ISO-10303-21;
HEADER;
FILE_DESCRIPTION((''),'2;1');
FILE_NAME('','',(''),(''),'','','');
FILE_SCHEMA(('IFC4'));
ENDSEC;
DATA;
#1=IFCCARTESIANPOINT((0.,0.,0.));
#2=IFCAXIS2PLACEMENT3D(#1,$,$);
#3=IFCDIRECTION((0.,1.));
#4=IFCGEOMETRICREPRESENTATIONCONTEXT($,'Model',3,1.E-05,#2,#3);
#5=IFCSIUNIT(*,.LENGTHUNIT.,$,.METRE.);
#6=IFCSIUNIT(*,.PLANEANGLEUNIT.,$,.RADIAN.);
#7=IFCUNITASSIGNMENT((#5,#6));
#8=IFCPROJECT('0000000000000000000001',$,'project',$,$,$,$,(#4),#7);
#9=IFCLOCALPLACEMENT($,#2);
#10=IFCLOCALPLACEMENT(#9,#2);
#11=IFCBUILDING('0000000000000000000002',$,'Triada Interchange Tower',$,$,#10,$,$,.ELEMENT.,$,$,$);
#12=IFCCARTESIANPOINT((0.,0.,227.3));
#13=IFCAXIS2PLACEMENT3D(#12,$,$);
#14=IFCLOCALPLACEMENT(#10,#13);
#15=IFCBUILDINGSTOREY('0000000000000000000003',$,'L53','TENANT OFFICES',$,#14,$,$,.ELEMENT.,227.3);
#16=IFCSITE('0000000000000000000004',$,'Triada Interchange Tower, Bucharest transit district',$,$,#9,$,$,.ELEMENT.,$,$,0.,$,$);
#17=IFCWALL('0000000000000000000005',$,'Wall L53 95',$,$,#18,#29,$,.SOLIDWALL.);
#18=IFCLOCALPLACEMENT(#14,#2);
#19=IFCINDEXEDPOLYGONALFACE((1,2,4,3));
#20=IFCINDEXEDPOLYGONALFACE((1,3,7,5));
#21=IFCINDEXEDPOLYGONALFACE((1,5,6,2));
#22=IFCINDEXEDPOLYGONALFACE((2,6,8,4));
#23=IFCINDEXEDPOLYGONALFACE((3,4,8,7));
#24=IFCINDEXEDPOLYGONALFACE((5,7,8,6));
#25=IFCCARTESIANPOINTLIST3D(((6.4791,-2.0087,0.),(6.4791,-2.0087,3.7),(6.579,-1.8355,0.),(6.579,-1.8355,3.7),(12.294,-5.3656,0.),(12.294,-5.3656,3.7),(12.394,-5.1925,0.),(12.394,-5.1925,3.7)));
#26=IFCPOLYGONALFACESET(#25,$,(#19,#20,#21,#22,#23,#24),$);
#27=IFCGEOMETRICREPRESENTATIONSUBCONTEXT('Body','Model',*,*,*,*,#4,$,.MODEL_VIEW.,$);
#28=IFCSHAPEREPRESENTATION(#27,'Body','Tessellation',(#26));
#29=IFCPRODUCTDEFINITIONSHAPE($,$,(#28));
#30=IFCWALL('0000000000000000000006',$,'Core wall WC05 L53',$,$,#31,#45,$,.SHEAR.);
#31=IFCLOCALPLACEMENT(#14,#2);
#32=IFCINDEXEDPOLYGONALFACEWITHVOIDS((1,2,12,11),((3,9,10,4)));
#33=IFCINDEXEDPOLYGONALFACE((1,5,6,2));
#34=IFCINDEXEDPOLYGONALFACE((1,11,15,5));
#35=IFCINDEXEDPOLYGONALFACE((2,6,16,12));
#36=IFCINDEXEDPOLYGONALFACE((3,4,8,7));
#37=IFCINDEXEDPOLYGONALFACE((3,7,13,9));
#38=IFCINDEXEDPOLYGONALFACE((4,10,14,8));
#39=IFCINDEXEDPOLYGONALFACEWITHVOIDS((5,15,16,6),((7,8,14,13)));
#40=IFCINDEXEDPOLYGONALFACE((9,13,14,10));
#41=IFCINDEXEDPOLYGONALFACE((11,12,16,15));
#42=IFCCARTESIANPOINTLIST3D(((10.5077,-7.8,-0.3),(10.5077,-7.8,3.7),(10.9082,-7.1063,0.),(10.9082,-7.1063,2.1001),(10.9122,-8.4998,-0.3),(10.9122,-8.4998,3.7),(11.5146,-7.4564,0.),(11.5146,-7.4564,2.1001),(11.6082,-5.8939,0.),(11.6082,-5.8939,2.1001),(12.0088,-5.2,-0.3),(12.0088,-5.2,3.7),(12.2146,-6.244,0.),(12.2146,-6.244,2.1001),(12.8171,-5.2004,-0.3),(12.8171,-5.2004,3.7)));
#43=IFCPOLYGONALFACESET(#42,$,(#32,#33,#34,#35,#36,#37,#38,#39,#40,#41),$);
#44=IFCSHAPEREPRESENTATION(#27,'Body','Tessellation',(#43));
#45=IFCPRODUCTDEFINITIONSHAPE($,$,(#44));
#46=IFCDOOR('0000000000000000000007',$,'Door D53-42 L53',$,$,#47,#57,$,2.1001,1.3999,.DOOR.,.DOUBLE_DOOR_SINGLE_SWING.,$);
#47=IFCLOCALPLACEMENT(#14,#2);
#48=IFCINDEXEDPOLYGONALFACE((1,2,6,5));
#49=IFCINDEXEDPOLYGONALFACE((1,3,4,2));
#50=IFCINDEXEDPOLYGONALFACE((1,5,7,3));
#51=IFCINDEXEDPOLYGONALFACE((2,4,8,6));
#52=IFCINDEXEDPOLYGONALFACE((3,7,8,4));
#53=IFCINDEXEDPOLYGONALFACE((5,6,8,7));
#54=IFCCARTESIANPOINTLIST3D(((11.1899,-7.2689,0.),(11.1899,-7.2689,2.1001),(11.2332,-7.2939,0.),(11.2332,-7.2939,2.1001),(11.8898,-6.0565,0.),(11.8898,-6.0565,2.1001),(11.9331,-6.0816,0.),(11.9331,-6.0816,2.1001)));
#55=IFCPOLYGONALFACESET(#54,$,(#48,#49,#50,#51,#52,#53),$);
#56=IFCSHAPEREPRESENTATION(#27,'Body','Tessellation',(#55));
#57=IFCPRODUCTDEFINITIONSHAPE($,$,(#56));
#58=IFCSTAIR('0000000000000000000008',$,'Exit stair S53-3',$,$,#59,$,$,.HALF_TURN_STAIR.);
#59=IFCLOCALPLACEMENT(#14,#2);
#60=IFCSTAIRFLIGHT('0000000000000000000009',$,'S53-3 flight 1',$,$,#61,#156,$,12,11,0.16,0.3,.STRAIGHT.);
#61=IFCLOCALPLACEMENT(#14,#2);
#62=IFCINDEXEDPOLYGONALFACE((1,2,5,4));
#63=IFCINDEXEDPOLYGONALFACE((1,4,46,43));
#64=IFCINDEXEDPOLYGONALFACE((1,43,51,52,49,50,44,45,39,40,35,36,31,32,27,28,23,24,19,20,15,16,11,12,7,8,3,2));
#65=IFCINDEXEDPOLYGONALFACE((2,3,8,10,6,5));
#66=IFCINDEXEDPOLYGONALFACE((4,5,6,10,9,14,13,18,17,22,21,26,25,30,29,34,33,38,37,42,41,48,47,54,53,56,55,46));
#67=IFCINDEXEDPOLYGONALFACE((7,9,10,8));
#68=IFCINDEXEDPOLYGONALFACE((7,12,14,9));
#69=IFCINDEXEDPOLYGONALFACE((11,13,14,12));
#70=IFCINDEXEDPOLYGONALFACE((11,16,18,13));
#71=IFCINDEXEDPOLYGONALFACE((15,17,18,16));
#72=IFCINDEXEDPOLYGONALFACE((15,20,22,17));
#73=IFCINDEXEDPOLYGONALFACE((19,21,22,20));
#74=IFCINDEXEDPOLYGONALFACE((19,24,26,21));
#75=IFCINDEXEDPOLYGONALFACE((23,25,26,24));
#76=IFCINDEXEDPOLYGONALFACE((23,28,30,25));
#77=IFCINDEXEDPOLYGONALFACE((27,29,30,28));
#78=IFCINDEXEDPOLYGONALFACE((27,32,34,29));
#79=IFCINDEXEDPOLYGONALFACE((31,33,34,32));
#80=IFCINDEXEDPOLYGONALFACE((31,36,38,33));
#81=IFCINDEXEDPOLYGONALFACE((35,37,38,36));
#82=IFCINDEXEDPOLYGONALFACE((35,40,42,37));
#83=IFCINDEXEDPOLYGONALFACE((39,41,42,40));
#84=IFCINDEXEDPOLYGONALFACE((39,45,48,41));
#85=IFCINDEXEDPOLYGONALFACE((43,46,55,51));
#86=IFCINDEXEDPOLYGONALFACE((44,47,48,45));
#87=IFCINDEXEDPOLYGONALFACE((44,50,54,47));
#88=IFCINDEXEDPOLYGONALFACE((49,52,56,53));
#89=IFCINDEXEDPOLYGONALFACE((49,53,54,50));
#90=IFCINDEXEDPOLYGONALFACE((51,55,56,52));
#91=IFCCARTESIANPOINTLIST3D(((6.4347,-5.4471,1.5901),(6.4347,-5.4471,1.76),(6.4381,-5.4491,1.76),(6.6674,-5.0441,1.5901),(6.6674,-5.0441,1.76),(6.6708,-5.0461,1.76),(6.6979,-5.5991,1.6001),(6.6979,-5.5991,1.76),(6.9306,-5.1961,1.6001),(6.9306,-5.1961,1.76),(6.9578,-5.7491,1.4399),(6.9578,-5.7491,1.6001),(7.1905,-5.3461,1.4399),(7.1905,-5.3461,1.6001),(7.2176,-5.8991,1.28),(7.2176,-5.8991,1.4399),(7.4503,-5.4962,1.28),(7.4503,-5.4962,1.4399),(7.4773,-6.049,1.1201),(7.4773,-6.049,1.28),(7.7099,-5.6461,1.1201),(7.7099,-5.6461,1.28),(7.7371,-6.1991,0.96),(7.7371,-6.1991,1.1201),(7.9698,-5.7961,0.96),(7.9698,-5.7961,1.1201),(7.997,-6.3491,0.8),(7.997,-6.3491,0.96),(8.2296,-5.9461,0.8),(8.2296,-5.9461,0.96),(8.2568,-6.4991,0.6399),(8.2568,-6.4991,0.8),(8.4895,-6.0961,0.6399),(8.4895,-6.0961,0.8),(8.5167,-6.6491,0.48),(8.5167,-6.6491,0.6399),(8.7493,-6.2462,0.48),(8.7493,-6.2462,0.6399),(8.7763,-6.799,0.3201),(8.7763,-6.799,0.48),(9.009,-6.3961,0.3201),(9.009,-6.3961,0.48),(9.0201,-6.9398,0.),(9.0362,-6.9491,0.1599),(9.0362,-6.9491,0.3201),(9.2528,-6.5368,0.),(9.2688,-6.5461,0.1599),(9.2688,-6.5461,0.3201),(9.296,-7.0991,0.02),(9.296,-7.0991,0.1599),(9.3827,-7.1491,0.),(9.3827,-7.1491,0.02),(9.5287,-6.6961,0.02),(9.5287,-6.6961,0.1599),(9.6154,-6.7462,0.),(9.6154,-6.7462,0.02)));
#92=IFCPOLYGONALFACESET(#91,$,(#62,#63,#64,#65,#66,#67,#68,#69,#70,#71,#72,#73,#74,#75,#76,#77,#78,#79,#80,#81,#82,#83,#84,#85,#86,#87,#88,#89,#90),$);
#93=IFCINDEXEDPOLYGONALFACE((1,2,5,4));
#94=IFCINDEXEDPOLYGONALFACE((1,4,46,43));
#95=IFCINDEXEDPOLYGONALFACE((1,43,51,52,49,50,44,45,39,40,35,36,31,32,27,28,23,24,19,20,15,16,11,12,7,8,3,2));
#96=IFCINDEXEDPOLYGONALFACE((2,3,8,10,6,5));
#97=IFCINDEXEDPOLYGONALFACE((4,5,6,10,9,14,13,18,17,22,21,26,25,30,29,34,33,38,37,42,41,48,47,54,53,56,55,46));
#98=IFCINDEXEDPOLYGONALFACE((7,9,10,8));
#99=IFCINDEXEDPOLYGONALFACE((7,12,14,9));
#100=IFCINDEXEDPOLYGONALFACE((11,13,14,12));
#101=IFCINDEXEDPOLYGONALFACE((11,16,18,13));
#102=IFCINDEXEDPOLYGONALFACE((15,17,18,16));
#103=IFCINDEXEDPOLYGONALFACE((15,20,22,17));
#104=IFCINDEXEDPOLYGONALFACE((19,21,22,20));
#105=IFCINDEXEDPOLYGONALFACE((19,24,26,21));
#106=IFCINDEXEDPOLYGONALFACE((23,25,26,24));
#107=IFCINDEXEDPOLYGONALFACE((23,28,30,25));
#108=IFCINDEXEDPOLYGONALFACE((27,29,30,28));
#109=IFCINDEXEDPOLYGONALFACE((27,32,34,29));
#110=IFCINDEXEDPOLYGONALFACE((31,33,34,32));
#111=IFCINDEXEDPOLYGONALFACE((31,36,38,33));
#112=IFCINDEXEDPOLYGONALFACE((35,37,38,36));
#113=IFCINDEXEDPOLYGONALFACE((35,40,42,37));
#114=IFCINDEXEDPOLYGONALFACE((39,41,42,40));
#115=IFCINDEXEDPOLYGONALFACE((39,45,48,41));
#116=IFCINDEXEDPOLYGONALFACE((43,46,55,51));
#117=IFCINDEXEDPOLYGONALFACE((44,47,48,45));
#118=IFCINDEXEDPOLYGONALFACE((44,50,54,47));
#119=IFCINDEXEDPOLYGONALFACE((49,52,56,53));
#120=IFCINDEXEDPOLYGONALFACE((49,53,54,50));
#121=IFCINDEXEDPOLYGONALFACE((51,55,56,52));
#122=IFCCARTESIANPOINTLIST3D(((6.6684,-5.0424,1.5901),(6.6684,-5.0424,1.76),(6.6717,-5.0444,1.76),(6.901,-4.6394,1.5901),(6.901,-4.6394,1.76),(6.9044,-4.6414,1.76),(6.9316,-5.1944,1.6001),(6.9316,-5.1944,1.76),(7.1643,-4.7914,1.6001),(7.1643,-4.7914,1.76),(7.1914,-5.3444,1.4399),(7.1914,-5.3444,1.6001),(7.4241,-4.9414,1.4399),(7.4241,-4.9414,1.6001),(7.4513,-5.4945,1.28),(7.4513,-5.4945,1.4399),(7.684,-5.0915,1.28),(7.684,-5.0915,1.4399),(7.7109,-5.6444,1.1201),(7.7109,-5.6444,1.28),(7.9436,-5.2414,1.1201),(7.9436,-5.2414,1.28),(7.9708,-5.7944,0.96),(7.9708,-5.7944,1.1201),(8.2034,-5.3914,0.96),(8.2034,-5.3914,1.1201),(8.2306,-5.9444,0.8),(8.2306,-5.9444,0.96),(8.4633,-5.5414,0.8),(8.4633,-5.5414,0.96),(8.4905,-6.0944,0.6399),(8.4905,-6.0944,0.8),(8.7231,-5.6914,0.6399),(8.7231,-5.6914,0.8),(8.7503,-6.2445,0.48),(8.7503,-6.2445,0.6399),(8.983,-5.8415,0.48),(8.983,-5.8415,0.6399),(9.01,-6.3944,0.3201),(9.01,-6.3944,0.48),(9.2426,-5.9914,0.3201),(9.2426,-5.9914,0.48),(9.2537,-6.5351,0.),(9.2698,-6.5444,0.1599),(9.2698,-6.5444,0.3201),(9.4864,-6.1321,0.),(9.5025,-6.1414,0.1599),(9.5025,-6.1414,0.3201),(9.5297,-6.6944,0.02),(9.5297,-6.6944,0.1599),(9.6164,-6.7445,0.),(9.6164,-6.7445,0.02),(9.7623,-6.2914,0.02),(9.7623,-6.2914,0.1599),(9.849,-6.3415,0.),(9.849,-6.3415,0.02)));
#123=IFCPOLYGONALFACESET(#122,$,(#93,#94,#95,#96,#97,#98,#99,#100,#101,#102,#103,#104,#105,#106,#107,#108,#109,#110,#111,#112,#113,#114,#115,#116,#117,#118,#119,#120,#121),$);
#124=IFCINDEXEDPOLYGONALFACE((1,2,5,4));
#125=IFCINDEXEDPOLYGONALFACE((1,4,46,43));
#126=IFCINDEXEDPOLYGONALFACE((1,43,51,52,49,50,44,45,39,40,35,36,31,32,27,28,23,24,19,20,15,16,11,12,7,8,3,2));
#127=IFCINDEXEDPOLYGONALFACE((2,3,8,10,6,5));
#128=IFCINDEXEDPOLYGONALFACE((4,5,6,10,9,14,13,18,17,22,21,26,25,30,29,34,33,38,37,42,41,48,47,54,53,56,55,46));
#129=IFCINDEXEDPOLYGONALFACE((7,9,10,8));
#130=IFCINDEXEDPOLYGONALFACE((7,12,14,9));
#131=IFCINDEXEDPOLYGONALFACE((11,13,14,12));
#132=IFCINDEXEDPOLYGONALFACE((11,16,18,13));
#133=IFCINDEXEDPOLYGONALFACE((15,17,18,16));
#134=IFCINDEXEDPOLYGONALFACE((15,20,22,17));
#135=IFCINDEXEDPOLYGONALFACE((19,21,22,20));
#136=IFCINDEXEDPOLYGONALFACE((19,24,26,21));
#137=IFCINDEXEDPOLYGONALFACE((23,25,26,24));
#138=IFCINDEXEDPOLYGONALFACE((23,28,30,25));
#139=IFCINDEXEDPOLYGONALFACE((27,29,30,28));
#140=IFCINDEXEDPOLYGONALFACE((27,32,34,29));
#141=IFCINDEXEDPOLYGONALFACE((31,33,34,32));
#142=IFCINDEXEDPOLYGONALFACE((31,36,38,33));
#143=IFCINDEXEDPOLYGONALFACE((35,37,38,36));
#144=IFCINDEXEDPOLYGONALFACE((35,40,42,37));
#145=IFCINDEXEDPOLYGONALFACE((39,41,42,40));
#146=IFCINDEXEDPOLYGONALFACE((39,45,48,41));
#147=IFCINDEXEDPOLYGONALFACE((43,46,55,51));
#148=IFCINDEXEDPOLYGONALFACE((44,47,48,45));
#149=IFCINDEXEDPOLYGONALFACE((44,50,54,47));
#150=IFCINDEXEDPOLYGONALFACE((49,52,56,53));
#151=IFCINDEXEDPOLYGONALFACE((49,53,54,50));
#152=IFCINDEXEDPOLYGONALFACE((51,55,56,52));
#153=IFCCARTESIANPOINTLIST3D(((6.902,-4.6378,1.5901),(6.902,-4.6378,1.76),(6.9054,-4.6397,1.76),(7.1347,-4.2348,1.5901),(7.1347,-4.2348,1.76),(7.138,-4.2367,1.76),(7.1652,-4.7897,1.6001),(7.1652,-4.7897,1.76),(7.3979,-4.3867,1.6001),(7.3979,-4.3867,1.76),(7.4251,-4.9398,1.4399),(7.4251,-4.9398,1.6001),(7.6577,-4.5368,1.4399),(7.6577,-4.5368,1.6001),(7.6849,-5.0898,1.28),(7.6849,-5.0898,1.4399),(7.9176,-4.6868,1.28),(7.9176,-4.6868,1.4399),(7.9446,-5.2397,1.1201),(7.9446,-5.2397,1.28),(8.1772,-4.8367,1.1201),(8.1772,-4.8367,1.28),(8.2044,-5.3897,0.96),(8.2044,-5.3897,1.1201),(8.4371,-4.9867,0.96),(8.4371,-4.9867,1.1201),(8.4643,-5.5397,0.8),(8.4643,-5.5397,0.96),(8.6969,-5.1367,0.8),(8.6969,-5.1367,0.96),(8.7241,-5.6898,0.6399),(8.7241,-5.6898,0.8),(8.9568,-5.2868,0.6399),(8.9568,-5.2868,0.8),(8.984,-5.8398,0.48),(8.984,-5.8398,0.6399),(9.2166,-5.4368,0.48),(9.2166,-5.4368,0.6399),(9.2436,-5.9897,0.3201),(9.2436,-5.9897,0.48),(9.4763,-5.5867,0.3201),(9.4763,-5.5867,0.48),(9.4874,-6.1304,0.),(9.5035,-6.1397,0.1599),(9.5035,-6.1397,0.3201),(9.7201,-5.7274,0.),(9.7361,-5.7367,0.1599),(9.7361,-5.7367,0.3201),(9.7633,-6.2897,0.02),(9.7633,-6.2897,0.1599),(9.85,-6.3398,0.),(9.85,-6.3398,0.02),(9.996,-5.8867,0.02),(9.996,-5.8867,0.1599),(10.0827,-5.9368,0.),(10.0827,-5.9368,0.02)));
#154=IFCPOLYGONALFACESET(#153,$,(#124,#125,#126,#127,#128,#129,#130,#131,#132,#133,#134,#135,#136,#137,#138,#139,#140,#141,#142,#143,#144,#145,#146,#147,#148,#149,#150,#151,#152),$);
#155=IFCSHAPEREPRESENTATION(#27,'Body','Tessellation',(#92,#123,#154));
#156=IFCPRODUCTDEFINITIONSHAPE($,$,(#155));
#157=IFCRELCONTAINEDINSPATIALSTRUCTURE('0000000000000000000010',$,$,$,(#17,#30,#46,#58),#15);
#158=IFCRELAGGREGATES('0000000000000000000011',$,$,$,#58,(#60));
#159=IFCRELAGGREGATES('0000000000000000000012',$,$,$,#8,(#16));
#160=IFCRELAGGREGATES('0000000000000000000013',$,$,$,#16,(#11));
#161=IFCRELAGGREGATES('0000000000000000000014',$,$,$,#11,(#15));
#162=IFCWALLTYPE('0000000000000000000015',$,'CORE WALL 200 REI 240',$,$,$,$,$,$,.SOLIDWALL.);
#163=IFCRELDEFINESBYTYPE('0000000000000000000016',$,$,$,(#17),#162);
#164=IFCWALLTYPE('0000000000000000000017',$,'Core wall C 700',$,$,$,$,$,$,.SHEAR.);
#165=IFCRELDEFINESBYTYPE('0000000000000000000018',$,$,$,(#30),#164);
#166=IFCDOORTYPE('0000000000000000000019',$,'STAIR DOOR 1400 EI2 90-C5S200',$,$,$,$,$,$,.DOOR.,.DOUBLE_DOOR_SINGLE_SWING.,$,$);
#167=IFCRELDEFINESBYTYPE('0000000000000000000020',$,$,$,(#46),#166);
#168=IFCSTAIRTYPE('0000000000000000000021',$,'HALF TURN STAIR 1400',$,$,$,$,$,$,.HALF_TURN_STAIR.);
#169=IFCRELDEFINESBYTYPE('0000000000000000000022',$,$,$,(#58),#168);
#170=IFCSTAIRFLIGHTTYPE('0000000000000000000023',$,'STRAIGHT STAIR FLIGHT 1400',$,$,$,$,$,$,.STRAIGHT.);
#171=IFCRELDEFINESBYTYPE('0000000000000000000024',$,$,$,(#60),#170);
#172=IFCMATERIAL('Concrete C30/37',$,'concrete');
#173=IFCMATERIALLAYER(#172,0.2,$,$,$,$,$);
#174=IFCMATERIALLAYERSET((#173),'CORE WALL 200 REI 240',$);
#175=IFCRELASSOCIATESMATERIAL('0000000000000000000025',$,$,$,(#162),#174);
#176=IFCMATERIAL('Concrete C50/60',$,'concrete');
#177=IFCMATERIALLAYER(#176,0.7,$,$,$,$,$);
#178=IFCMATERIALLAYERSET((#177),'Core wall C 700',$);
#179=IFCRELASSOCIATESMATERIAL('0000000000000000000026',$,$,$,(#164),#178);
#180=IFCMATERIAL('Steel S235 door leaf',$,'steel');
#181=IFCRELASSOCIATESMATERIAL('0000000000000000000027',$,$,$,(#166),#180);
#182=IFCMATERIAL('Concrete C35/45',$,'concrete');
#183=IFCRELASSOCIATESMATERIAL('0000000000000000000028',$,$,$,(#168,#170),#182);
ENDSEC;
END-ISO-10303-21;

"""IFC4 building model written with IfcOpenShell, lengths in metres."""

from ifc_helpers import new_model, si_unit, direction, frame, frame_2d, origin, place, context, subcontext, project, spatial, polyline, rectangle, outline, extrude, material, layer, layer_set, type_object, element, fill, aggregate, save


model = new_model("IFC4")

# Units and contexts
model_context = context("Model", 3, precision=1e-05, world=origin(), true_north=direction((0.0, 1.0)))
body_context = subcontext(model_context, "Body", "Model", "MODEL_VIEW")
ifc_project = project(units=[si_unit("LENGTHUNIT", "METRE"), si_unit("PLANEANGLEUNIT", "RADIAN")], contexts=[model_context])

# Site, building, storey
site_placement = place(None, origin())
site = spatial("IfcSite", under=ifc_project, at=site_placement, Name="Triada Interchange Tower, Bucharest transit district", CompositionType="ELEMENT", RefElevation=0.0)
building_placement = place(site_placement, origin())
building = spatial("IfcBuilding", under=site, at=building_placement, Name="Triada Interchange Tower", CompositionType="ELEMENT")
storey_placement = place(building_placement, frame((0.0, 0.0, 227.3)))
storey = spatial("IfcBuildingStorey", under=building, at=storey_placement, Name="L53", Description="TENANT OFFICES", CompositionType="ELEMENT", Elevation=227.3)

# Shared definitions
ifc_material_1 = material(Name="Concrete C30/37", Category="concrete")

# Shared definitions
ifc_material_2 = material(Name="Steel S235 door leaf", Category="steel")

# Wall
ifc_layer_1 = layer(ifc_material_1, 0.2)
ifc_layer_set_1 = layer_set([ifc_layer_1], Name="CORE WALL 200 REI 240")
wall_type_1 = type_object("IfcWallType", Name="CORE WALL 200 REI 240", PredefinedType="SOLIDWALL", material=ifc_layer_set_1)
wall_1_placement = place(storey_placement, frame((6.5291, -1.9221, 0.0), z_axis=(0.0, 0.0, 1.0), x_axis=(0.866046, -0.499964, 0.0)))
element("IfcWall", 1, at=wall_1_placement, inside=storey, type_object=wall_type_1, Name="Wall L53 95", PredefinedType="SOLIDWALL", context=body_context, shape_type="SweptSolid", body=[
    extrude(rectangle(XDim=6.7144, YDim=0.2, at=frame_2d((3.3572, 0.0))), origin(), (0.0, 0.0, 1.0), 3.7),
])

# Wall, opening, door
ifc_material_3 = material(Name="Concrete C50/60", Category="concrete")
ifc_layer_2 = layer(ifc_material_3, 0.7)
ifc_layer_set_2 = layer_set([ifc_layer_2], Name="Core wall C 700")
wall_type_2 = type_object("IfcWallType", Name="Core wall C 700", PredefinedType="SHEAR", material=ifc_layer_set_2)
wall_2_placement = place(storey_placement, frame((10.71, -8.1499, -0.3), z_axis=(0.0, 0.0, 1.0), x_axis=(0.499993, 0.866029, 0.0)))
wall_2 = element("IfcWall", 2, at=wall_2_placement, inside=storey, type_object=wall_type_2, Name="Core wall WC05 L53", PredefinedType="SHEAR", context=body_context, shape_type="SweptSolid", body=[
    extrude(outline(polyline([(-0.2019, -0.3501), (1.7031, -0.3501), (3.6079, -0.3501), (3.2041, 0.3501), (1.7031, 0.3501), (0.2019, 0.3501), (-0.2019, -0.3501)])), origin(), (0.0, 0.0, 1.0), 4.0),
])
opening_1_placement = place(wall_2_placement, frame((1.0029, 0.0, 0.3)))
opening_1 = element("IfcOpeningElement", 3, at=opening_1_placement, cuts=wall_2, PredefinedType="OPENING", context=body_context, shape_type="SweptSolid", body=[
    extrude(rectangle(XDim=1.3999, YDim=2.1001, at=frame_2d((0.7, 1.05))), frame((0.0, 0.3601, 0.0), z_axis=(0.0, -1.0, 0.0), x_axis=(1.0, 0.0, 0.0)), (0.0, 0.0, 1.0), 0.7202),
])
door_type_1 = type_object("IfcDoorType", Name="STAIR DOOR 1400 EI2 90-C5S200", OperationType="DOUBLE_DOOR_SINGLE_SWING", PredefinedType="DOOR", material=ifc_material_2)
door_1_placement = place(opening_1_placement, origin())
door_1 = element("IfcDoor", 4, at=door_1_placement, inside=storey, type_object=door_type_1, Name="Door D53-42 L53", OperationType="DOUBLE_DOOR_SINGLE_SWING", OverallHeight=2.1001, OverallWidth=1.3999, PredefinedType="DOOR", context=body_context, shape_type="SweptSolid", body=[
    extrude(rectangle(XDim=1.3999, YDim=2.1001, at=frame_2d((0.7, 1.05))), frame((0.0, 0.0249, 0.0), z_axis=(0.0, -1.0, 0.0), x_axis=(1.0, 0.0, 0.0)), (0.0, 0.0, 1.0), 0.05),
])
fill(opening_1, door_1)

# Stair, stair flight
ifc_material_4 = material(Name="Concrete C35/45", Category="concrete")
stair_type = type_object("IfcStairType", Name="HALF TURN STAIR 1400", PredefinedType="HALF_TURN_STAIR", material=ifc_material_4)
stair_placement = place(storey_placement, origin())
stair = element("IfcStair", 5, at=stair_placement, inside=storey, type_object=stair_type, Name="Exit stair S53-3", PredefinedType="HALF_TURN_STAIR")
stair_flight_type = type_object("IfcStairFlightType", Name="STRAIGHT STAIR FLIGHT 1400", PredefinedType="STRAIGHT", material=ifc_material_4)
stair_flight_1_placement = place(storey_placement, frame((9.646, -6.4929, 0.0), z_axis=(0.0, 0.0, 1.0), x_axis=(-0.866025, 0.5, 0.0)))
stair_flight_1 = element("IfcStairFlight", 6, at=stair_flight_1_placement, type_object=stair_flight_type, Name="S53-3 flight 1", NumberOfRisers=12, NumberOfTreads=11, PredefinedType="STRAIGHT", RiserHeight=0.16, TreadLength=0.3, context=body_context, shape_type="SweptSolid", body=[
    extrude(outline(polyline([(-0.1001, 0.0), (-0.1001, 0.02), (0.0, 0.02), (0.0, 0.1599), (0.3, 0.1599), (0.3, 0.3201), (0.6001, 0.3201), (0.6001, 0.48), (0.8999, 0.48), (0.8999, 0.6399), (1.2, 0.6399), (1.2, 0.8), (1.5, 0.8), (1.5, 0.96), (1.8, 0.96), (1.8, 1.1201), (2.1001, 1.1201), (2.1001, 1.28), (2.3999, 1.28), (2.3999, 1.4399), (2.7, 1.4399), (2.7, 1.6001), (3.0, 1.6001), (3.0, 1.76), (3.3, 1.76), (3.304, 1.76), (3.304, 1.9199), (3.304, 1.5901), (0.3186, 0.0), (-0.1001, 0.0)])), frame((0.0, 0.7, 0.0), z_axis=(0.0, -1.0, 0.0), x_axis=(1.0, 0.0, 0.0)), (0.0, 0.0, 1.0), 0.4653),
    extrude(outline(polyline([(-0.1001, 0.0), (-0.1001, 0.02), (0.0, 0.02), (0.0, 0.1599), (0.3, 0.1599), (0.3, 0.3201), (0.6001, 0.3201), (0.6001, 0.48), (0.8999, 0.48), (0.8999, 0.6399), (1.2, 0.6399), (1.2, 0.8), (1.5, 0.8), (1.5, 0.96), (1.8, 0.96), (1.8, 1.1201), (2.1001, 1.1201), (2.1001, 1.28), (2.3999, 1.28), (2.3999, 1.4399), (2.7, 1.4399), (2.7, 1.6001), (3.0, 1.6001), (3.0, 1.76), (3.3, 1.76), (3.304, 1.76), (3.304, 1.9199), (3.304, 1.5901), (0.3186, 0.0), (-0.1001, 0.0)])), frame((0.0, 0.2327, 0.0), z_axis=(0.0, -1.0, 0.0), x_axis=(1.0, 0.0, 0.0)), (0.0, 0.0, 1.0), 0.4653),
    extrude(outline(polyline([(-0.1001, 0.0), (-0.1001, 0.02), (0.0, 0.02), (0.0, 0.1599), (0.3, 0.1599), (0.3, 0.3201), (0.6001, 0.3201), (0.6001, 0.48), (0.8999, 0.48), (0.8999, 0.6399), (1.2, 0.6399), (1.2, 0.8), (1.5, 0.8), (1.5, 0.96), (1.8, 0.96), (1.8, 1.1201), (2.1001, 1.1201), (2.1001, 1.28), (2.3999, 1.28), (2.3999, 1.4399), (2.7, 1.4399), (2.7, 1.6001), (3.0, 1.6001), (3.0, 1.76), (3.3, 1.76), (3.304, 1.76), (3.304, 1.9199), (3.304, 1.5901), (0.3186, 0.0), (-0.1001, 0.0)])), frame((0.0, -0.2346, 0.0), z_axis=(0.0, -1.0, 0.0), x_axis=(1.0, 0.0, 0.0)), (0.0, 0.0, 1.0), 0.4653),
])
aggregate(stair, [stair_flight_1])

save(model, "model.ifc")
